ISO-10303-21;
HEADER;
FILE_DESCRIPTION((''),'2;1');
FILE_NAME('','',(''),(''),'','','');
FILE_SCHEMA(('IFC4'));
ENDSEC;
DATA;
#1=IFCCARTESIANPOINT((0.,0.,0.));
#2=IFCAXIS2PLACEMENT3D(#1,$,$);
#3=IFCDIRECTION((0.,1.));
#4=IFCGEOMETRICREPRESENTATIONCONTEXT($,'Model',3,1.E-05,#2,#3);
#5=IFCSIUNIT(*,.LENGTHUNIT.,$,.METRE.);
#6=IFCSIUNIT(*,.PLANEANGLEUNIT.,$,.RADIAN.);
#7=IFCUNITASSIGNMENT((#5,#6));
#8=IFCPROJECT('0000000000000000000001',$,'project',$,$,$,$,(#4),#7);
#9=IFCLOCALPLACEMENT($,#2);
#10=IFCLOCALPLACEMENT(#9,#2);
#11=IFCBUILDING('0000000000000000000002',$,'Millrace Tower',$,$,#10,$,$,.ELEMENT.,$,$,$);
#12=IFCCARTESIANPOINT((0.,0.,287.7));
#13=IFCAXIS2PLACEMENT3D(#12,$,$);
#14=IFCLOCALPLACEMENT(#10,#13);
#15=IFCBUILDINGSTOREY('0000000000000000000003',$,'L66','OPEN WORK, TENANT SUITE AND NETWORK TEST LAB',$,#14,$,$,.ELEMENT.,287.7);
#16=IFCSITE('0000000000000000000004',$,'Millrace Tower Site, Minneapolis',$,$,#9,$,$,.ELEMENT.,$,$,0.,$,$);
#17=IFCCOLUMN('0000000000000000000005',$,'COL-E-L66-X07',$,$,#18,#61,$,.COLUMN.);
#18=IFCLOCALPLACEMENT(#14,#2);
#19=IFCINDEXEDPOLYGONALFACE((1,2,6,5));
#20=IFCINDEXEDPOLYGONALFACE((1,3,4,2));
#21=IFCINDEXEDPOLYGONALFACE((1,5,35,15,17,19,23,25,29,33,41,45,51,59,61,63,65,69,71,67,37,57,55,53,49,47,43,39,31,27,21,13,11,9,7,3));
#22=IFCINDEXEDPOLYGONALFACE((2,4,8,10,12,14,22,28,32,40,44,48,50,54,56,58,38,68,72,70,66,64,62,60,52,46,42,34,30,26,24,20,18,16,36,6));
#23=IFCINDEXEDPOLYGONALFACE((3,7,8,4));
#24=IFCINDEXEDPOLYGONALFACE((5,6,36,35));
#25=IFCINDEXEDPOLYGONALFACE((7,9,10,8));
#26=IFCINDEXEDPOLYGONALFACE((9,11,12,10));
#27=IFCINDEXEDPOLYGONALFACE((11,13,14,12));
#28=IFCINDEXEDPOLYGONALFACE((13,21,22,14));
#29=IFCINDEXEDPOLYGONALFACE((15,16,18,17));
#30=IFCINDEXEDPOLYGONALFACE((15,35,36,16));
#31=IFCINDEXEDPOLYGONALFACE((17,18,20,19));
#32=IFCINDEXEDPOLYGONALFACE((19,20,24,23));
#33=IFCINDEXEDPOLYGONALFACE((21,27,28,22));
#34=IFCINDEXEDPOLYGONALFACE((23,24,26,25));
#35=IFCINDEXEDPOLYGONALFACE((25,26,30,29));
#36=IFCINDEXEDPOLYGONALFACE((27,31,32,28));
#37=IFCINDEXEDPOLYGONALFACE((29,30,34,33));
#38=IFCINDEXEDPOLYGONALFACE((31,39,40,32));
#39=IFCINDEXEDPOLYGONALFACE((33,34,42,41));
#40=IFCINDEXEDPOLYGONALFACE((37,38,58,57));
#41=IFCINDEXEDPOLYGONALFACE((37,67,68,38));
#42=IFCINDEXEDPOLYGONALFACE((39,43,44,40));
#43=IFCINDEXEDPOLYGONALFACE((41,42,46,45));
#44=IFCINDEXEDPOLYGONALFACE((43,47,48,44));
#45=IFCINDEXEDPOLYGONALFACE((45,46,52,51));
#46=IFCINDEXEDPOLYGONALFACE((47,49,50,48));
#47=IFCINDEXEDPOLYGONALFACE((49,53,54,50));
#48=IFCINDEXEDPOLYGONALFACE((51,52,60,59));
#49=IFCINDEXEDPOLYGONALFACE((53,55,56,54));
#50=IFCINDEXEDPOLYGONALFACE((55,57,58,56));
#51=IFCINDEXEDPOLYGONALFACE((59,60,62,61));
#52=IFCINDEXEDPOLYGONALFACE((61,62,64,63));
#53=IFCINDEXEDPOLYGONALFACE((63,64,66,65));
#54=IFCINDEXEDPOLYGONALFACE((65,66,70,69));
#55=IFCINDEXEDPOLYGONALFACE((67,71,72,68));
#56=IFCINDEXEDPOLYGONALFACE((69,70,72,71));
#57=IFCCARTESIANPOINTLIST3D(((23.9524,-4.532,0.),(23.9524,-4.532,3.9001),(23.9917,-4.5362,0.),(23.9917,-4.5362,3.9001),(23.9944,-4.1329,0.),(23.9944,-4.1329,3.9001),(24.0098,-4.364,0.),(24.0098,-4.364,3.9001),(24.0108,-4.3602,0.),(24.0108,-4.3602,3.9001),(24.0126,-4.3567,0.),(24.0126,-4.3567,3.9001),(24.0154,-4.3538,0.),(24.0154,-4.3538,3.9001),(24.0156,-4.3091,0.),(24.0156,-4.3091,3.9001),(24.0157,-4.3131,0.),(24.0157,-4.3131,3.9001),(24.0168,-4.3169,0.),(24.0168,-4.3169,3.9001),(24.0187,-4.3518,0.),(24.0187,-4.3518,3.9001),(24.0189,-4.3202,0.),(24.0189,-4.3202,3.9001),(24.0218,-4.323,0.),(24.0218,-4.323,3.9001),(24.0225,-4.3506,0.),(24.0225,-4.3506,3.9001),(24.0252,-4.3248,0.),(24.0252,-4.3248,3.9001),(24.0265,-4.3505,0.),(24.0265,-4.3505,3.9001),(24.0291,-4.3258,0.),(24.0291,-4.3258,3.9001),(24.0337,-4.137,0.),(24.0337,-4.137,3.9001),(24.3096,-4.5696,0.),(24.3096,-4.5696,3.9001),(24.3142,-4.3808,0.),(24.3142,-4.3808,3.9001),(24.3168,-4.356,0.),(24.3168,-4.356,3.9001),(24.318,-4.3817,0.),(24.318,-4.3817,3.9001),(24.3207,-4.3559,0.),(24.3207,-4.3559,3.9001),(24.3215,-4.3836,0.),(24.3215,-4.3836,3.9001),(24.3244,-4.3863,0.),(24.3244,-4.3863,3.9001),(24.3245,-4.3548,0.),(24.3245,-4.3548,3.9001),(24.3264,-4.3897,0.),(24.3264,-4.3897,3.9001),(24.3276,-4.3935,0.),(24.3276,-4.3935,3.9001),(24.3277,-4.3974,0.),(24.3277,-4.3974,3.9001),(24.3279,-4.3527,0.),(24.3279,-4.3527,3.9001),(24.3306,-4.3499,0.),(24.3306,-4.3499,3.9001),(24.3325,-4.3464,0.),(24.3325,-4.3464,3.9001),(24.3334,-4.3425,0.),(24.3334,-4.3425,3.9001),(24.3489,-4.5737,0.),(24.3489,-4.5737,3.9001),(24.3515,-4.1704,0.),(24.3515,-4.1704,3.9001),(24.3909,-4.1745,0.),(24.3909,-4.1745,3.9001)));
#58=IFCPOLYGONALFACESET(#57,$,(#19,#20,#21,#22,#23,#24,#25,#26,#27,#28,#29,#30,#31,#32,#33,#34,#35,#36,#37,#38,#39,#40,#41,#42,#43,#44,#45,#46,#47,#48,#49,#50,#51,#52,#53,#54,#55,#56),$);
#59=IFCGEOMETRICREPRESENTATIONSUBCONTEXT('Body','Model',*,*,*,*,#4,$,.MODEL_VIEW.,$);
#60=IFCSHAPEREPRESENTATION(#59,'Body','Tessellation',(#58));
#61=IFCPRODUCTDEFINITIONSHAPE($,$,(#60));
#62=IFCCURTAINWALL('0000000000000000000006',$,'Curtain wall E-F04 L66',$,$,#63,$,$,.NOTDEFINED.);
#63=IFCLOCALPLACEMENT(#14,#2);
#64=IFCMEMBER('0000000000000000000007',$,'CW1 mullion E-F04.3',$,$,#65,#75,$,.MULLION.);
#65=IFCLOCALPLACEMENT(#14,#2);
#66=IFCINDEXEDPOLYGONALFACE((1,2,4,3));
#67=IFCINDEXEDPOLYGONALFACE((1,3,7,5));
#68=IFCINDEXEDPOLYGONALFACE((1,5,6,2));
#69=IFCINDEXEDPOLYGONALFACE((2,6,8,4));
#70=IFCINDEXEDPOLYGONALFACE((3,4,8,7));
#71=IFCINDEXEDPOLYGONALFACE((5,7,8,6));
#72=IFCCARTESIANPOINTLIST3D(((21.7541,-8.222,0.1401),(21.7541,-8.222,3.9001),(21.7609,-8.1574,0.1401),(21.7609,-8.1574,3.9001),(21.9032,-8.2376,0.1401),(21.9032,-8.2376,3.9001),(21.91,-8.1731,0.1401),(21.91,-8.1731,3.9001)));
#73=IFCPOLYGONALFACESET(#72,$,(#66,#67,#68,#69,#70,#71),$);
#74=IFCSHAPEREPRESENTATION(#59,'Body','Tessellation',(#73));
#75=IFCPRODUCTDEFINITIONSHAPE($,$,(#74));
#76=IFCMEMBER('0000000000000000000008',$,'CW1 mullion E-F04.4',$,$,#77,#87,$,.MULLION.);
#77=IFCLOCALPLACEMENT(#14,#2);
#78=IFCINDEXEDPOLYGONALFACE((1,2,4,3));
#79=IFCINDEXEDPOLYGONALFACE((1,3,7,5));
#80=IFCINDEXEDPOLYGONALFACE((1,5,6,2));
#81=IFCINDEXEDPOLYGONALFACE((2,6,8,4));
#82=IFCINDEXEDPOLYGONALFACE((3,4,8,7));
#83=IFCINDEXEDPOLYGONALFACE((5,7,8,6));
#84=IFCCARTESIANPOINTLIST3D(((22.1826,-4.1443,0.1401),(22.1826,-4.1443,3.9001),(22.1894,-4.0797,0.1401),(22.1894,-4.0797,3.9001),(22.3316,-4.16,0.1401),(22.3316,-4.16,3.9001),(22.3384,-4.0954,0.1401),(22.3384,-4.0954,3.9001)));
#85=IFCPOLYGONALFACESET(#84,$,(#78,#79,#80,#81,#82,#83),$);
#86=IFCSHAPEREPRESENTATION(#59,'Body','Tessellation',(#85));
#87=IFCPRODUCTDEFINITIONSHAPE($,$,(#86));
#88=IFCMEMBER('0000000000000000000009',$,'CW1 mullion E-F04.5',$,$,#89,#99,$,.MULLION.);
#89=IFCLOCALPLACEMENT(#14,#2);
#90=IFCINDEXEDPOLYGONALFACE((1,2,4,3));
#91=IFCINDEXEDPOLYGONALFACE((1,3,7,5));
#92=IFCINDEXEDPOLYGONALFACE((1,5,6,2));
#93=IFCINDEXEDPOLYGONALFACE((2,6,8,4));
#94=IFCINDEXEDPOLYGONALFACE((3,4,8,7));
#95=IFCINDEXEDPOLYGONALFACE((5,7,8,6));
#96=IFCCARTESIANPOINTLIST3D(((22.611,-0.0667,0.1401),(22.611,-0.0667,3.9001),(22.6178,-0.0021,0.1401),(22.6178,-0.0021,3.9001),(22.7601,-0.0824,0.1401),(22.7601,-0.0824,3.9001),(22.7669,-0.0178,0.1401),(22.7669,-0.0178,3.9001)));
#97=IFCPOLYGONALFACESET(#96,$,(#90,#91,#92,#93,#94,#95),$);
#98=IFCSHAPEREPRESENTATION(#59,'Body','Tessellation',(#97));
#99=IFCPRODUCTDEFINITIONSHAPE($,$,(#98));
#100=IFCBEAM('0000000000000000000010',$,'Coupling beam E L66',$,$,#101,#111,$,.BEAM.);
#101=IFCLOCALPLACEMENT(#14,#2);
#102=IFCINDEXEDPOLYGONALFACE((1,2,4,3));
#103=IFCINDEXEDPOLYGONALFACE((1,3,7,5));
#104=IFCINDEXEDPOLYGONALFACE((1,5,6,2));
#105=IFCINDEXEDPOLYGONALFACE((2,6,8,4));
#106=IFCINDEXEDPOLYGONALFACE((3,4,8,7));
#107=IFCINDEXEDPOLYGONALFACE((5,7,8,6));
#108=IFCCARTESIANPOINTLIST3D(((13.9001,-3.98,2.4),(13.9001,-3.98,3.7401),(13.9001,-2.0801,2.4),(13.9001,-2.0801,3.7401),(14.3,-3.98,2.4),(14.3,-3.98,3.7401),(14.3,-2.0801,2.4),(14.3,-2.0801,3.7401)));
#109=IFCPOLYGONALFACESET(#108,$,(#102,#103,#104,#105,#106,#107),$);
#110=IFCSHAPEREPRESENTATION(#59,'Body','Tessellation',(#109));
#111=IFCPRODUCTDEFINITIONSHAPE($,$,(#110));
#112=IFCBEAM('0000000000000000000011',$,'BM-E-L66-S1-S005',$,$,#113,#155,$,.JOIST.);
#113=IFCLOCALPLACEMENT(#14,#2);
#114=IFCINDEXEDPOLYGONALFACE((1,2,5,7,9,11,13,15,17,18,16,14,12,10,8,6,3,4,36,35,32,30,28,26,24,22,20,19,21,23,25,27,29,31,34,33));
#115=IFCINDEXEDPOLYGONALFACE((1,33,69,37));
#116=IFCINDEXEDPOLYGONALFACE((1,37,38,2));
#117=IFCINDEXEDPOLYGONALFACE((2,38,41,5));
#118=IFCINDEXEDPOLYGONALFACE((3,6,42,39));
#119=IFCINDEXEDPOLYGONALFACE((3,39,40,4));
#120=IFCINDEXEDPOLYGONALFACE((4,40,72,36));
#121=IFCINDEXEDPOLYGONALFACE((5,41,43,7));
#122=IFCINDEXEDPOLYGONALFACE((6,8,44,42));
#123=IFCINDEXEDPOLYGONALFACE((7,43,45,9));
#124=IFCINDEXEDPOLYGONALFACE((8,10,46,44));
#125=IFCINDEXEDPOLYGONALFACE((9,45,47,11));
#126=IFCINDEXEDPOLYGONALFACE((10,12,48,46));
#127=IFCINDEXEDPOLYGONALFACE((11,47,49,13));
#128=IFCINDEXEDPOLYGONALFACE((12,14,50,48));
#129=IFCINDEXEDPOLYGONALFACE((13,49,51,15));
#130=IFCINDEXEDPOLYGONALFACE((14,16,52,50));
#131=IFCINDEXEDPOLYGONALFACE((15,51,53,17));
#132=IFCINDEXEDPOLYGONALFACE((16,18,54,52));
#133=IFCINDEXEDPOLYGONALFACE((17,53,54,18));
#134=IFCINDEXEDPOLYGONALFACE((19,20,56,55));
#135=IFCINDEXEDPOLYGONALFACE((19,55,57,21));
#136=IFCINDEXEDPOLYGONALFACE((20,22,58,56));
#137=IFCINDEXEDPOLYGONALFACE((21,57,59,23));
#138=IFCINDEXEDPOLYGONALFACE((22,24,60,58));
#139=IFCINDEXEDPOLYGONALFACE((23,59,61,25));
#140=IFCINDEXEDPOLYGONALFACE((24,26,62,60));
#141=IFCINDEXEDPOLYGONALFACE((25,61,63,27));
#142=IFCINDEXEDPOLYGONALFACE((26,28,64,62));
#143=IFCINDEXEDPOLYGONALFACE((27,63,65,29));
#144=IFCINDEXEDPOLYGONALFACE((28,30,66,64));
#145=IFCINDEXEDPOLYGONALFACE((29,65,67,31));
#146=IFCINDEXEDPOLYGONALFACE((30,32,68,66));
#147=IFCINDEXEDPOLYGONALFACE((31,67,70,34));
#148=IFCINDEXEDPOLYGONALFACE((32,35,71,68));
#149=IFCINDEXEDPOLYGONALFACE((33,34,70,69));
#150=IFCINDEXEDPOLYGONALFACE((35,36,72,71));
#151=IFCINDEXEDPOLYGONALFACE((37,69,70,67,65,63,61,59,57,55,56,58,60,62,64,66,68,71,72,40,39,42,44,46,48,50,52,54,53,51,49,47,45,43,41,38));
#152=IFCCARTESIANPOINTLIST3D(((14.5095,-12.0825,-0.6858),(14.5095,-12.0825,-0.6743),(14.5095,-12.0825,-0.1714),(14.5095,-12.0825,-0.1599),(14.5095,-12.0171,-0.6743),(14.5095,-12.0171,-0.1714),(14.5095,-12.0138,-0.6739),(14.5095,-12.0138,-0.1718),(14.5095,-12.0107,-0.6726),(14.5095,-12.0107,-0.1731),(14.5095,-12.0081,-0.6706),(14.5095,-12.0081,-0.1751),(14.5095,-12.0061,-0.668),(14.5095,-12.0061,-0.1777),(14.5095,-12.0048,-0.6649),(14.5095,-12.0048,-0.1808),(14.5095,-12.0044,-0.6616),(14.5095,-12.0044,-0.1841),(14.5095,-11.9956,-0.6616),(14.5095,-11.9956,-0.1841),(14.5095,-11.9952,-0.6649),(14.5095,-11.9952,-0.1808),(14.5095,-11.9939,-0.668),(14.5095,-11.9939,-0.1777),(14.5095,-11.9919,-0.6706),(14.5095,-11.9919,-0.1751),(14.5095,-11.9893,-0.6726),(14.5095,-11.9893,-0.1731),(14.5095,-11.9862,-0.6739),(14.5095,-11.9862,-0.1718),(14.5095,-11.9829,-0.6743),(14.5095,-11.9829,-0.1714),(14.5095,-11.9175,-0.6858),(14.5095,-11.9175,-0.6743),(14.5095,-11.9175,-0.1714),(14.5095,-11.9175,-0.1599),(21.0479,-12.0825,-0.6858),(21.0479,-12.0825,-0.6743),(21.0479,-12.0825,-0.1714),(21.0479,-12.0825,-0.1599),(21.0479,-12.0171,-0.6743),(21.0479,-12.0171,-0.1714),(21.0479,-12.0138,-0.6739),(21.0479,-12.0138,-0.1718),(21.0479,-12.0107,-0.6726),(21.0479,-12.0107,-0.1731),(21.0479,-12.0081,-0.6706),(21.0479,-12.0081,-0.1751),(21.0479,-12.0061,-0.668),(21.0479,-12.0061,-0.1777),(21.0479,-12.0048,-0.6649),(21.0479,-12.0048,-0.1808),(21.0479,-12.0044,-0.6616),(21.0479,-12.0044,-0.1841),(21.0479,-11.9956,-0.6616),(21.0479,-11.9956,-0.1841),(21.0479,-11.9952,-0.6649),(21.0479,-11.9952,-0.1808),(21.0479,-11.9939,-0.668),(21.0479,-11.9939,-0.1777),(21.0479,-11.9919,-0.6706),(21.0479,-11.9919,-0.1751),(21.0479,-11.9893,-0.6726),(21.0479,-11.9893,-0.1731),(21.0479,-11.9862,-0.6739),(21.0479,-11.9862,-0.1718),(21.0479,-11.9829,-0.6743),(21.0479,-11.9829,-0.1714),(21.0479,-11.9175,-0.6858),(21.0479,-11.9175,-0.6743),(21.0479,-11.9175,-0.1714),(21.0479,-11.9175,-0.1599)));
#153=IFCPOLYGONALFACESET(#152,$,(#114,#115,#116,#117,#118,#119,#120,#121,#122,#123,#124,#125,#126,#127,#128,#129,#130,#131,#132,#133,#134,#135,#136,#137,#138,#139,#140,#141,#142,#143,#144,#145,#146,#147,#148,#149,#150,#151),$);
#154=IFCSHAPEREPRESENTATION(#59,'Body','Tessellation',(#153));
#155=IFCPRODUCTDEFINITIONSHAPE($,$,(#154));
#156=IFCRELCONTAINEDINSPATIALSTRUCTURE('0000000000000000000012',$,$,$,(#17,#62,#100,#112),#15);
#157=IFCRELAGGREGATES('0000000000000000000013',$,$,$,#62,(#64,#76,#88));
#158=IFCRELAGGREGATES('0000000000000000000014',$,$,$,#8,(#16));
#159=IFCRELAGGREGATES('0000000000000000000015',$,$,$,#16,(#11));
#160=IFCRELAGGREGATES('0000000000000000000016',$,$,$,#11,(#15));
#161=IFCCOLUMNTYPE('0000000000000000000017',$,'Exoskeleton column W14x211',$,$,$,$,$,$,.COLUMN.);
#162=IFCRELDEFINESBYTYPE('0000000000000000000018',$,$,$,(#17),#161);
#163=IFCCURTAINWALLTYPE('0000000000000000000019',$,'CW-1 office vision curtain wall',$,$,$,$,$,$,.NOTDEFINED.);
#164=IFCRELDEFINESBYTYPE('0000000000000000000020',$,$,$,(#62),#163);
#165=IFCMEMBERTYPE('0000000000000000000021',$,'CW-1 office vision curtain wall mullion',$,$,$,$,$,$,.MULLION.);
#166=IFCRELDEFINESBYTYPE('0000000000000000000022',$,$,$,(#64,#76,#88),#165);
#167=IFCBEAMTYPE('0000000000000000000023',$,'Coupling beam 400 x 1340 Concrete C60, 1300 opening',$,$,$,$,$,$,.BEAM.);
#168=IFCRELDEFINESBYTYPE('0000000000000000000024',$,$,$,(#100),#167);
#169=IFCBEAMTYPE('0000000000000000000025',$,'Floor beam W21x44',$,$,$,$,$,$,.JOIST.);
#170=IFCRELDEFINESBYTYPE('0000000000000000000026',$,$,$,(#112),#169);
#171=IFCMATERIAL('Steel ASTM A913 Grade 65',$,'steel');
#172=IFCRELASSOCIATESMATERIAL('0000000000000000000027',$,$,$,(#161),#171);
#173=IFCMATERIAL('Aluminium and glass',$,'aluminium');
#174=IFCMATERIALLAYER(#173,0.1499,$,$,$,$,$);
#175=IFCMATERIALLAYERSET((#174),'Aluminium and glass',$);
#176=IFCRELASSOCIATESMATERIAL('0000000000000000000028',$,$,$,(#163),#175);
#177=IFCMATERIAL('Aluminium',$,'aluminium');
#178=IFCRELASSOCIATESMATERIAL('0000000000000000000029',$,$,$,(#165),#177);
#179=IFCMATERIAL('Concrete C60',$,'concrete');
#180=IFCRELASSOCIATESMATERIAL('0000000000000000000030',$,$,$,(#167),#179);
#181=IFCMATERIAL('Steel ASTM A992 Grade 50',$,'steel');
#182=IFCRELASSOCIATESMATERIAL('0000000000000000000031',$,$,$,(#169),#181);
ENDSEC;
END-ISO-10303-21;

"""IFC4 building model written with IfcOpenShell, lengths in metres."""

from ifc_helpers import new_model, si_unit, direction, frame, origin, origin_2d, place, context, subcontext, project, spatial, rectangle, i_section, extrude, material, layer, layer_set, material_profile, profile_set, type_object, element, aggregate, save


model = new_model("IFC4")

# Units and contexts
model_context = context("Model", 3, precision=1e-05, world=origin(), true_north=direction((0.0, 1.0)))
body_context = subcontext(model_context, "Body", "Model", "MODEL_VIEW")
ifc_project = project(units=[si_unit("LENGTHUNIT", "METRE"), si_unit("PLANEANGLEUNIT", "RADIAN")], contexts=[model_context])

# Site, building, storey
site_placement = place(None, origin())
site = spatial("IfcSite", under=ifc_project, at=site_placement, Name="Millrace Tower Site, Minneapolis", CompositionType="ELEMENT", RefElevation=0.0)
building_placement = place(site_placement, origin())
building = spatial("IfcBuilding", under=site, at=building_placement, Name="Millrace Tower", CompositionType="ELEMENT")
storey_placement = place(building_placement, frame((0.0, 0.0, 287.7)))
storey = spatial("IfcBuildingStorey", under=building, at=storey_placement, Name="L66", Description="OPEN WORK, TENANT SUITE AND NETWORK TEST LAB", CompositionType="ELEMENT", Elevation=287.7)

# Column
ifc_material_1 = material(Name="Steel ASTM A913 Grade 65", Category="steel")
ifc_material_profile_1 = material_profile(ifc_material_1, i_section(OverallWidth=0.4014, OverallDepth=0.3987, WebThickness=0.0249, FlangeThickness=0.0396, FilletRadius=0.0151, at=origin_2d()))
ifc_profile_set_1 = profile_set([ifc_material_profile_1], Name="Steel ASTM A913 Grade 65")
column_type = type_object("IfcColumnType", Name="Exoskeleton column W14x211", PredefinedType="COLUMN", material=ifc_profile_set_1)
column_placement = place(storey_placement, frame((24.1716, -4.3533, 0.0), z_axis=(0.0, 0.0, 1.0), x_axis=(0.104528, 0.994522, 0.0)))
element("IfcColumn", 1, at=column_placement, inside=storey, type_object=column_type, Name="COL-E-L66-X07", PredefinedType="COLUMN", context=body_context, shape_type="SweptSolid", body=[
    extrude(i_section(OverallWidth=0.4014, OverallDepth=0.3987, WebThickness=0.0249, FlangeThickness=0.0396, FilletRadius=0.0151, at=origin_2d()), origin(), (0.0, 0.0, 1.0), 3.9001),
])

# Curtain wall, members
ifc_material_2 = material(Name="Aluminium and glass", Category="aluminium")
ifc_layer_1 = layer(ifc_material_2, 0.1499)
ifc_layer_set_1 = layer_set([ifc_layer_1], Name="Aluminium and glass")
curtain_wall_type = type_object("IfcCurtainWallType", Name="CW-1 office vision curtain wall", PredefinedType="NOTDEFINED", material=ifc_layer_set_1)
placement = place(storey_placement, origin())
curtain_wall = element("IfcCurtainWall", 2, at=placement, inside=storey, type_object=curtain_wall_type, Name="Curtain wall E-F04 L66", PredefinedType="NOTDEFINED")
ifc_material_3 = material(Name="Aluminium", Category="aluminium")
ifc_material_profile_2 = material_profile(ifc_material_3, rectangle(XDim=0.0649, YDim=0.1499, at=origin_2d()))
ifc_profile_set_2 = profile_set([ifc_material_profile_2], Name="Aluminium")
member_type = type_object("IfcMemberType", Name="CW-1 office vision curtain wall mullion", PredefinedType="MULLION", material=ifc_profile_set_2)
member_1_placement = place(storey_placement, frame((21.832, -8.1975, 0.1401), z_axis=(0.0, 0.0, 1.0), x_axis=(0.104528, 0.994522, 0.0)))
member_1 = element("IfcMember", 3, at=member_1_placement, type_object=member_type, Name="CW1 mullion E-F04.3", PredefinedType="MULLION", context=body_context, shape_type="SweptSolid", body=[
    extrude(rectangle(XDim=0.0649, YDim=0.1499, at=origin_2d()), origin(), (0.0, 0.0, 1.0), 3.76),
])
member_2_placement = place(storey_placement, frame((22.2605, -4.1199, 0.1401), z_axis=(0.0, 0.0, 1.0), x_axis=(0.104528, 0.994522, 0.0)))
member_2 = element("IfcMember", 4, at=member_2_placement, type_object=member_type, Name="CW1 mullion E-F04.4", PredefinedType="MULLION", context=body_context, shape_type="SweptSolid", body=[
    extrude(rectangle(XDim=0.0649, YDim=0.1499, at=origin_2d()), origin(), (0.0, 0.0, 1.0), 3.76),
])
member_3_placement = place(storey_placement, frame((22.689, -0.0422, 0.1401), z_axis=(0.0, 0.0, 1.0), x_axis=(0.104528, 0.994522, 0.0)))
member_3 = element("IfcMember", 5, at=member_3_placement, type_object=member_type, Name="CW1 mullion E-F04.5", PredefinedType="MULLION", context=body_context, shape_type="SweptSolid", body=[
    extrude(rectangle(XDim=0.0649, YDim=0.1499, at=origin_2d()), origin(), (0.0, 0.0, 1.0), 3.76),
])
aggregate(curtain_wall, [member_1, member_2, member_3])

# Beams
ifc_material_4 = material(Name="Concrete C60", Category="concrete")
ifc_material_profile_3 = material_profile(ifc_material_4, rectangle(XDim=0.3999, YDim=1.3401, at=origin_2d()))
ifc_profile_set_3 = profile_set([ifc_material_profile_3], Name="Concrete C60")
beam_type_1 = type_object("IfcBeamType", Name="Coupling beam 400 x 1340 Concrete C60, 1300 opening", PredefinedType="BEAM", material=ifc_profile_set_3)
beam_1_placement = place(storey_placement, frame((14.1001, -2.0801, 3.0701), z_axis=(0.0, -1.0, 0.0), x_axis=(1.0, 0.0, 0.0)))
element("IfcBeam", 6, at=beam_1_placement, inside=storey, type_object=beam_type_1, Name="Coupling beam E L66", PredefinedType="BEAM", context=body_context, shape_type="SweptSolid", body=[
    extrude(rectangle(XDim=0.3999, YDim=1.3401, at=origin_2d()), origin(), (0.0, 0.0, 1.0), 1.8999),
])
ifc_material_5 = material(Name="Steel ASTM A992 Grade 50", Category="steel")
ifc_material_profile_4 = material_profile(ifc_material_5, i_section(OverallWidth=0.165, OverallDepth=0.5259, WebThickness=0.0088, FlangeThickness=0.0115, FilletRadius=0.0127, at=origin_2d()))
ifc_profile_set_4 = profile_set([ifc_material_profile_4], Name="Steel ASTM A992 Grade 50")
beam_type_2 = type_object("IfcBeamType", Name="Floor beam W21x44", PredefinedType="JOIST", material=ifc_profile_set_4)
beam_2_placement = place(storey_placement, frame((14.5095, -12.0, -0.4229), z_axis=(1.0, 0.0, 0.0), x_axis=(0.0, 1.0, 0.0)))
element("IfcBeam", 7, at=beam_2_placement, inside=storey, type_object=beam_type_2, Name="BM-E-L66-S1-S005", PredefinedType="JOIST", context=body_context, shape_type="SweptSolid", body=[
    extrude(i_section(OverallWidth=0.165, OverallDepth=0.5259, WebThickness=0.0088, FlangeThickness=0.0115, FilletRadius=0.0127, at=origin_2d()), origin(), (0.0, 0.0, 1.0), 6.5383),
])

save(model, "model.ifc")
